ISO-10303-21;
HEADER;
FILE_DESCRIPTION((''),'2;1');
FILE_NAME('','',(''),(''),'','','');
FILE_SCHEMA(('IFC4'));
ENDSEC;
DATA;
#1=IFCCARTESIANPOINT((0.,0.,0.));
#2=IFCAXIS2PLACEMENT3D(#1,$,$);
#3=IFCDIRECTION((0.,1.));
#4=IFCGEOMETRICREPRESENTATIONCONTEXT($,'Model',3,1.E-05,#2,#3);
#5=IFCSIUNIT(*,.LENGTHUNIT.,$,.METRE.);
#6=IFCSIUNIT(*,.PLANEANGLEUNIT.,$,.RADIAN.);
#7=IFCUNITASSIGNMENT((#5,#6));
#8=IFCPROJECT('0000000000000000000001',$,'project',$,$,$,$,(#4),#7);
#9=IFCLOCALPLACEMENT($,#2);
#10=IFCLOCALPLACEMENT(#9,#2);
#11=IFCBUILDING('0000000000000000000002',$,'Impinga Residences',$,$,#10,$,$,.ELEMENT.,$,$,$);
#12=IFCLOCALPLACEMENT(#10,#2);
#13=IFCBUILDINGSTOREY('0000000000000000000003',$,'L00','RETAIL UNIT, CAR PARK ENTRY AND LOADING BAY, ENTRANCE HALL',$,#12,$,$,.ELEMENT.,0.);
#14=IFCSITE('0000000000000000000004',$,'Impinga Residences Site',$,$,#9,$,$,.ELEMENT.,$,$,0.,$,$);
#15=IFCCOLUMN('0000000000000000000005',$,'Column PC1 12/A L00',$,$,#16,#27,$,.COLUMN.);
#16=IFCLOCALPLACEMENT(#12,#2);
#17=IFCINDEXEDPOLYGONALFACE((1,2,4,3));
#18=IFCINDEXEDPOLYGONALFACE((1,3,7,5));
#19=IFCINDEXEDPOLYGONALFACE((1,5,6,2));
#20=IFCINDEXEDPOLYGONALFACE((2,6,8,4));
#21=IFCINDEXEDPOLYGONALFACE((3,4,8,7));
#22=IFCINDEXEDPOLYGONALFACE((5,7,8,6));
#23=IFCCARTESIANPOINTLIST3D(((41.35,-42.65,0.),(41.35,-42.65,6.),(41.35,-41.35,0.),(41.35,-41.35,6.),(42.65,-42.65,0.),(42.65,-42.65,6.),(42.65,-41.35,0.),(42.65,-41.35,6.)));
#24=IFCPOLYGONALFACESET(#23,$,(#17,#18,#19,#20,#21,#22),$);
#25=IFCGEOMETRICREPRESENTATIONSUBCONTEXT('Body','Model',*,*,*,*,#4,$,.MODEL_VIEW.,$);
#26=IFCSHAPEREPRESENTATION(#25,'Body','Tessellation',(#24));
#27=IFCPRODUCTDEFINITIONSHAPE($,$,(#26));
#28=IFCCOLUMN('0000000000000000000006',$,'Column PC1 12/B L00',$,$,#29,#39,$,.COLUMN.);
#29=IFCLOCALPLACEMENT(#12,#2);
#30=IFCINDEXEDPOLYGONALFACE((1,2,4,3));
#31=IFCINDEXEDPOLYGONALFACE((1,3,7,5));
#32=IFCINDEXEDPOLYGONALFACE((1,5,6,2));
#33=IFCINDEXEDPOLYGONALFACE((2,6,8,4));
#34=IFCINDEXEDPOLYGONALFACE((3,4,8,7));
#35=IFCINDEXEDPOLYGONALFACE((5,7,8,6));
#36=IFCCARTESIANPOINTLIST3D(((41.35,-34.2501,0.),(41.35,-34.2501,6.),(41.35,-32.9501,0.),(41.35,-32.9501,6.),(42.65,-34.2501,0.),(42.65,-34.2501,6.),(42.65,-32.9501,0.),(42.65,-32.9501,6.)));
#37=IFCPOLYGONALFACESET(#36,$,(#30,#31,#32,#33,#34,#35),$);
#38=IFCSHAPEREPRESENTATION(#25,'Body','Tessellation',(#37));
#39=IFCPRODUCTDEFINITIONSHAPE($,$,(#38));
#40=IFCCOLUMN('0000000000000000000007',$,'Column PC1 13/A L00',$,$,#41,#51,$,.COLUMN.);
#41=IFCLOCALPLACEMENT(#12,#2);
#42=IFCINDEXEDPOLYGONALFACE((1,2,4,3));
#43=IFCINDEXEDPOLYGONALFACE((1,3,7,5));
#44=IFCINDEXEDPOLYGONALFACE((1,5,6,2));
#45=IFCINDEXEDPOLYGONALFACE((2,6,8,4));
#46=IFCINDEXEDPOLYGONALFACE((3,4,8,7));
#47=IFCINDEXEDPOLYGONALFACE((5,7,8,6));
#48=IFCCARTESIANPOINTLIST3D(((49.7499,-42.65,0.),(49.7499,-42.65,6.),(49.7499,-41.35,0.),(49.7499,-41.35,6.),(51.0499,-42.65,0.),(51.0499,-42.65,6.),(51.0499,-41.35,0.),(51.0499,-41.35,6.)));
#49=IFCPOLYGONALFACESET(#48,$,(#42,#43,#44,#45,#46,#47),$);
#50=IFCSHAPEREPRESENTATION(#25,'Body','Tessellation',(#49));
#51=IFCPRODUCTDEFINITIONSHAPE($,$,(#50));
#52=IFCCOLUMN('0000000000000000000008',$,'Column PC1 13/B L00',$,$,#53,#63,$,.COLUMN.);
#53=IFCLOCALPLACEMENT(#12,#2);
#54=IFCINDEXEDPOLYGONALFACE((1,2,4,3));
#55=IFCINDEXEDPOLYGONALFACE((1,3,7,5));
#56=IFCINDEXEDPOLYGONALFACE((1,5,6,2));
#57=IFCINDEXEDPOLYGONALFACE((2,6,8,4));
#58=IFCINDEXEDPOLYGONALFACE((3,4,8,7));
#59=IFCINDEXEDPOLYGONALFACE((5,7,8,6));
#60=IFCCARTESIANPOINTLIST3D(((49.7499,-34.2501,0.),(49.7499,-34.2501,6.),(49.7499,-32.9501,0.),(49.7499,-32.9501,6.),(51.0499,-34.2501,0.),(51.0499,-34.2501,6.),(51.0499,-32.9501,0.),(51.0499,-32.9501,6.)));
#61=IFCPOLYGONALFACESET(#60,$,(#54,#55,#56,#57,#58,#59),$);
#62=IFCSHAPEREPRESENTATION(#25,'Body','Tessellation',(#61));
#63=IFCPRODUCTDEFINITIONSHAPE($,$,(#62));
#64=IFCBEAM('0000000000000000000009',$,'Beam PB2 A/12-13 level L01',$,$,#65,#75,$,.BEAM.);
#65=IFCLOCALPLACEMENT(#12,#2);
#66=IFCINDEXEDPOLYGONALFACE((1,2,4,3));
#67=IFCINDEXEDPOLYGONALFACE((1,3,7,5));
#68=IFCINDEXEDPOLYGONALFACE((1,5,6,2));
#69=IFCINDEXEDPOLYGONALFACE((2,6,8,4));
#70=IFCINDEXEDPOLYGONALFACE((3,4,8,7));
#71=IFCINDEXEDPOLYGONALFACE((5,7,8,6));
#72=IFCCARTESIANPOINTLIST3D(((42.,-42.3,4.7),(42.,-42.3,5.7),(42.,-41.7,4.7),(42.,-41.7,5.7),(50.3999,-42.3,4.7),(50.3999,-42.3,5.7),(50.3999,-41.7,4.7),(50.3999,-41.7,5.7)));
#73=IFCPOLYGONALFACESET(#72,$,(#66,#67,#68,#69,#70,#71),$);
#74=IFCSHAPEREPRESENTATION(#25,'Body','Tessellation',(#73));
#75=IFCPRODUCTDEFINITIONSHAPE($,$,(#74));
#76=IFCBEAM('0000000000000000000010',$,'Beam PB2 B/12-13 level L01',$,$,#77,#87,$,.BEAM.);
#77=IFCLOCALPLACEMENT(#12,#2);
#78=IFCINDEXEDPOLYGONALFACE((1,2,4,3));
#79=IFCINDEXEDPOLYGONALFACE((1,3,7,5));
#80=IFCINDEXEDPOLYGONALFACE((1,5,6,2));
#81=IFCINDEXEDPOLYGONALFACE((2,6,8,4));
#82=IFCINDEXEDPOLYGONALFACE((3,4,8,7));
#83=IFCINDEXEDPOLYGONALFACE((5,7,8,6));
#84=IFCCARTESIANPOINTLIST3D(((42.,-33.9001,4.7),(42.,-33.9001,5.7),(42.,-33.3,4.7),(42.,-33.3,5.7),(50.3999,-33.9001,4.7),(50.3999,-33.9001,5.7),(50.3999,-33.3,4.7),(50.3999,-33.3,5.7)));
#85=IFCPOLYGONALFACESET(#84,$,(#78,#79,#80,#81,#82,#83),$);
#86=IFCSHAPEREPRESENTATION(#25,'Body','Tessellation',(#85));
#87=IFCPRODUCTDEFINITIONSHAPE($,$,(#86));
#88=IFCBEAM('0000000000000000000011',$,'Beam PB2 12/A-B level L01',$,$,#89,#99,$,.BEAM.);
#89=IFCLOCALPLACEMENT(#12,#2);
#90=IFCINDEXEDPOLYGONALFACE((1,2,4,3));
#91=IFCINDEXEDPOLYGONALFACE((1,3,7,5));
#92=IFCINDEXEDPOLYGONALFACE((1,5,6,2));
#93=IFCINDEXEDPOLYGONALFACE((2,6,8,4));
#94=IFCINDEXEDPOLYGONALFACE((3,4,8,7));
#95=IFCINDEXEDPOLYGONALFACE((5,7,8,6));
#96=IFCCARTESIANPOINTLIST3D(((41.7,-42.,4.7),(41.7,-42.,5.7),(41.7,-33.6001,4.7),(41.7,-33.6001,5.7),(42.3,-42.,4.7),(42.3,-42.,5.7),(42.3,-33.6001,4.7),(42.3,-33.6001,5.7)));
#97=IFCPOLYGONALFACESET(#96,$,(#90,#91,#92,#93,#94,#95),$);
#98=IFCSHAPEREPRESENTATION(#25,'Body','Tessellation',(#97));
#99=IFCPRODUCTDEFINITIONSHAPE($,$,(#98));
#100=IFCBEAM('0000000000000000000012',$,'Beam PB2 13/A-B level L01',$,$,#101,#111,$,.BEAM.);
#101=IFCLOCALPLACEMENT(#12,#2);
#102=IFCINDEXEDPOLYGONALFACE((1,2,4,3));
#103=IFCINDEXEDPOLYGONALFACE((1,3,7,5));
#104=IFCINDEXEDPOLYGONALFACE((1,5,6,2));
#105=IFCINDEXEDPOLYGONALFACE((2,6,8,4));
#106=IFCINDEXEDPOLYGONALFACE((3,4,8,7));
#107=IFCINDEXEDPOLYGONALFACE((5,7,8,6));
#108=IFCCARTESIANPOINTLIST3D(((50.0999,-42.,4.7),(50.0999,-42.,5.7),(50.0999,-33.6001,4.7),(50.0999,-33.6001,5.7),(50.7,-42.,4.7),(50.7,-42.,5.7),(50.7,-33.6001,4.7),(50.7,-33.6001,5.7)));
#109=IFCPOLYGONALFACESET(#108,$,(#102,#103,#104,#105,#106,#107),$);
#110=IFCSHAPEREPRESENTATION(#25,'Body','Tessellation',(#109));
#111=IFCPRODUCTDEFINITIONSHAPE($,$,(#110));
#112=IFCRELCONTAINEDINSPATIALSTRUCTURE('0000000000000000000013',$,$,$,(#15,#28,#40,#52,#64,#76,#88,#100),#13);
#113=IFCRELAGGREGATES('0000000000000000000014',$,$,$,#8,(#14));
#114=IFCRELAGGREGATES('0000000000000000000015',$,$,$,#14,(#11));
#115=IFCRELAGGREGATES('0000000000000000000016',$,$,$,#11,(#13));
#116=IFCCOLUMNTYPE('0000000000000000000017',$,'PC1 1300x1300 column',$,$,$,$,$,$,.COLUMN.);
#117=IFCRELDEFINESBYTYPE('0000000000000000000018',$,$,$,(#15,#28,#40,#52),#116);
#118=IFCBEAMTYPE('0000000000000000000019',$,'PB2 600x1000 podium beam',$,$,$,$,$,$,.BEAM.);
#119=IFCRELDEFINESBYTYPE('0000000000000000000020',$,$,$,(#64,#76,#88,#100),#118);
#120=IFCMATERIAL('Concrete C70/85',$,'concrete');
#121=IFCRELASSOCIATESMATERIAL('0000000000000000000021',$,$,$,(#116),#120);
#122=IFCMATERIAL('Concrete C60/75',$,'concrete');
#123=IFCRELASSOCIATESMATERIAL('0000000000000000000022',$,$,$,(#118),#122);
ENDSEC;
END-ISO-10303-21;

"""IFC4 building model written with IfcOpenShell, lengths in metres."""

from ifc_helpers import new_model, si_unit, direction, frame, origin, origin_2d, place, context, subcontext, project, spatial, rectangle, extrude, material, material_profile, profile_set, type_object, element, save


model = new_model("IFC4")

# Units and contexts
model_context = context("Model", 3, precision=1e-05, world=origin(), true_north=direction((0.0, 1.0)))
body_context = subcontext(model_context, "Body", "Model", "MODEL_VIEW")
ifc_project = project(units=[si_unit("LENGTHUNIT", "METRE"), si_unit("PLANEANGLEUNIT", "RADIAN")], contexts=[model_context])

# Site, building, storey
site_placement = place(None, origin())
site = spatial("IfcSite", under=ifc_project, at=site_placement, Name="Impinga Residences Site", CompositionType="ELEMENT", RefElevation=0.0)
building_placement = place(site_placement, origin())
building = spatial("IfcBuilding", under=site, at=building_placement, Name="Impinga Residences", CompositionType="ELEMENT")
storey_placement = place(building_placement, origin())
storey = spatial("IfcBuildingStorey", under=building, at=storey_placement, Name="L00", Description="RETAIL UNIT, CAR PARK ENTRY AND LOADING BAY, ENTRANCE HALL", CompositionType="ELEMENT", Elevation=0.0)

# Columns
ifc_material_1 = material(Name="Concrete C70/85", Category="concrete")
ifc_material_profile_1 = material_profile(ifc_material_1, rectangle(XDim=1.3, YDim=1.3, at=origin_2d()), Name="RC 1300x1300")
ifc_profile_set_1 = profile_set([ifc_material_profile_1], Name="Concrete C70/85")
column_type = type_object("IfcColumnType", Name="PC1 1300x1300 column", PredefinedType="COLUMN", material=ifc_profile_set_1)
for number, where, z_axis, x_axis, name in (
    (1, (42.0, -42.0, 0.0), (0.0, 0.0, 1.0), (1.0, 0.0, 0.0), "Column PC1 12/A L00"),
    (2, (42.0, -33.6001, 0.0), (0.0, 0.0, 1.0), (1.0, 0.0, 0.0), "Column PC1 12/B L00"),
    (3, (50.3999, -42.0, 0.0), (0.0, 0.0, 1.0), (1.0, 0.0, 0.0), "Column PC1 13/A L00"),
    (4, (50.3999, -33.6001, 0.0), (0.0, 0.0, 1.0), (1.0, 0.0, 0.0), "Column PC1 13/B L00"),
):
    element("IfcColumn", number, at=place(storey_placement, frame(where, z_axis=z_axis, x_axis=x_axis)), inside=storey, type_object=column_type, Name=name, PredefinedType="COLUMN", context=body_context, shape_type="SweptSolid", body=[
        extrude(rectangle(XDim=1.3, YDim=1.3, at=origin_2d()), origin(), (0.0, 0.0, 1.0), 6.0),
    ])

# Beams
ifc_material_2 = material(Name="Concrete C60/75", Category="concrete")
ifc_material_profile_2 = material_profile(ifc_material_2, rectangle(XDim=0.6001, YDim=1.0, at=origin_2d()), Name="RC 600x1000")
ifc_profile_set_2 = profile_set([ifc_material_profile_2], Name="Concrete C60/75")
beam_type = type_object("IfcBeamType", Name="PB2 600x1000 podium beam", PredefinedType="BEAM", material=ifc_profile_set_2)
for number, where, z_axis, x_axis, name in (
    (5, (42.0, -42.0, 5.2), (1.0, 0.0, 0.0), (0.0, 1.0, 0.0), "Beam PB2 A/12-13 level L01"),
    (6, (42.0, -33.6001, 5.2), (1.0, 0.0, 0.0), (0.0, 1.0, 0.0), "Beam PB2 B/12-13 level L01"),
    (7, (42.0, -42.0, 5.2), (0.0, 1.0, 0.0), (-1.0, 0.0, 0.0), "Beam PB2 12/A-B level L01"),
    (8, (50.3999, -42.0, 5.2), (0.0, 1.0, 0.0), (-1.0, 0.0, 0.0), "Beam PB2 13/A-B level L01"),
):
    element("IfcBeam", number, at=place(storey_placement, frame(where, z_axis=z_axis, x_axis=x_axis)), inside=storey, type_object=beam_type, Name=name, PredefinedType="BEAM", context=body_context, shape_type="SweptSolid", body=[
        extrude(rectangle(XDim=0.6001, YDim=1.0, at=origin_2d()), origin(), (0.0, 0.0, 1.0), 8.3999),
    ])

save(model, "model.ifc")
